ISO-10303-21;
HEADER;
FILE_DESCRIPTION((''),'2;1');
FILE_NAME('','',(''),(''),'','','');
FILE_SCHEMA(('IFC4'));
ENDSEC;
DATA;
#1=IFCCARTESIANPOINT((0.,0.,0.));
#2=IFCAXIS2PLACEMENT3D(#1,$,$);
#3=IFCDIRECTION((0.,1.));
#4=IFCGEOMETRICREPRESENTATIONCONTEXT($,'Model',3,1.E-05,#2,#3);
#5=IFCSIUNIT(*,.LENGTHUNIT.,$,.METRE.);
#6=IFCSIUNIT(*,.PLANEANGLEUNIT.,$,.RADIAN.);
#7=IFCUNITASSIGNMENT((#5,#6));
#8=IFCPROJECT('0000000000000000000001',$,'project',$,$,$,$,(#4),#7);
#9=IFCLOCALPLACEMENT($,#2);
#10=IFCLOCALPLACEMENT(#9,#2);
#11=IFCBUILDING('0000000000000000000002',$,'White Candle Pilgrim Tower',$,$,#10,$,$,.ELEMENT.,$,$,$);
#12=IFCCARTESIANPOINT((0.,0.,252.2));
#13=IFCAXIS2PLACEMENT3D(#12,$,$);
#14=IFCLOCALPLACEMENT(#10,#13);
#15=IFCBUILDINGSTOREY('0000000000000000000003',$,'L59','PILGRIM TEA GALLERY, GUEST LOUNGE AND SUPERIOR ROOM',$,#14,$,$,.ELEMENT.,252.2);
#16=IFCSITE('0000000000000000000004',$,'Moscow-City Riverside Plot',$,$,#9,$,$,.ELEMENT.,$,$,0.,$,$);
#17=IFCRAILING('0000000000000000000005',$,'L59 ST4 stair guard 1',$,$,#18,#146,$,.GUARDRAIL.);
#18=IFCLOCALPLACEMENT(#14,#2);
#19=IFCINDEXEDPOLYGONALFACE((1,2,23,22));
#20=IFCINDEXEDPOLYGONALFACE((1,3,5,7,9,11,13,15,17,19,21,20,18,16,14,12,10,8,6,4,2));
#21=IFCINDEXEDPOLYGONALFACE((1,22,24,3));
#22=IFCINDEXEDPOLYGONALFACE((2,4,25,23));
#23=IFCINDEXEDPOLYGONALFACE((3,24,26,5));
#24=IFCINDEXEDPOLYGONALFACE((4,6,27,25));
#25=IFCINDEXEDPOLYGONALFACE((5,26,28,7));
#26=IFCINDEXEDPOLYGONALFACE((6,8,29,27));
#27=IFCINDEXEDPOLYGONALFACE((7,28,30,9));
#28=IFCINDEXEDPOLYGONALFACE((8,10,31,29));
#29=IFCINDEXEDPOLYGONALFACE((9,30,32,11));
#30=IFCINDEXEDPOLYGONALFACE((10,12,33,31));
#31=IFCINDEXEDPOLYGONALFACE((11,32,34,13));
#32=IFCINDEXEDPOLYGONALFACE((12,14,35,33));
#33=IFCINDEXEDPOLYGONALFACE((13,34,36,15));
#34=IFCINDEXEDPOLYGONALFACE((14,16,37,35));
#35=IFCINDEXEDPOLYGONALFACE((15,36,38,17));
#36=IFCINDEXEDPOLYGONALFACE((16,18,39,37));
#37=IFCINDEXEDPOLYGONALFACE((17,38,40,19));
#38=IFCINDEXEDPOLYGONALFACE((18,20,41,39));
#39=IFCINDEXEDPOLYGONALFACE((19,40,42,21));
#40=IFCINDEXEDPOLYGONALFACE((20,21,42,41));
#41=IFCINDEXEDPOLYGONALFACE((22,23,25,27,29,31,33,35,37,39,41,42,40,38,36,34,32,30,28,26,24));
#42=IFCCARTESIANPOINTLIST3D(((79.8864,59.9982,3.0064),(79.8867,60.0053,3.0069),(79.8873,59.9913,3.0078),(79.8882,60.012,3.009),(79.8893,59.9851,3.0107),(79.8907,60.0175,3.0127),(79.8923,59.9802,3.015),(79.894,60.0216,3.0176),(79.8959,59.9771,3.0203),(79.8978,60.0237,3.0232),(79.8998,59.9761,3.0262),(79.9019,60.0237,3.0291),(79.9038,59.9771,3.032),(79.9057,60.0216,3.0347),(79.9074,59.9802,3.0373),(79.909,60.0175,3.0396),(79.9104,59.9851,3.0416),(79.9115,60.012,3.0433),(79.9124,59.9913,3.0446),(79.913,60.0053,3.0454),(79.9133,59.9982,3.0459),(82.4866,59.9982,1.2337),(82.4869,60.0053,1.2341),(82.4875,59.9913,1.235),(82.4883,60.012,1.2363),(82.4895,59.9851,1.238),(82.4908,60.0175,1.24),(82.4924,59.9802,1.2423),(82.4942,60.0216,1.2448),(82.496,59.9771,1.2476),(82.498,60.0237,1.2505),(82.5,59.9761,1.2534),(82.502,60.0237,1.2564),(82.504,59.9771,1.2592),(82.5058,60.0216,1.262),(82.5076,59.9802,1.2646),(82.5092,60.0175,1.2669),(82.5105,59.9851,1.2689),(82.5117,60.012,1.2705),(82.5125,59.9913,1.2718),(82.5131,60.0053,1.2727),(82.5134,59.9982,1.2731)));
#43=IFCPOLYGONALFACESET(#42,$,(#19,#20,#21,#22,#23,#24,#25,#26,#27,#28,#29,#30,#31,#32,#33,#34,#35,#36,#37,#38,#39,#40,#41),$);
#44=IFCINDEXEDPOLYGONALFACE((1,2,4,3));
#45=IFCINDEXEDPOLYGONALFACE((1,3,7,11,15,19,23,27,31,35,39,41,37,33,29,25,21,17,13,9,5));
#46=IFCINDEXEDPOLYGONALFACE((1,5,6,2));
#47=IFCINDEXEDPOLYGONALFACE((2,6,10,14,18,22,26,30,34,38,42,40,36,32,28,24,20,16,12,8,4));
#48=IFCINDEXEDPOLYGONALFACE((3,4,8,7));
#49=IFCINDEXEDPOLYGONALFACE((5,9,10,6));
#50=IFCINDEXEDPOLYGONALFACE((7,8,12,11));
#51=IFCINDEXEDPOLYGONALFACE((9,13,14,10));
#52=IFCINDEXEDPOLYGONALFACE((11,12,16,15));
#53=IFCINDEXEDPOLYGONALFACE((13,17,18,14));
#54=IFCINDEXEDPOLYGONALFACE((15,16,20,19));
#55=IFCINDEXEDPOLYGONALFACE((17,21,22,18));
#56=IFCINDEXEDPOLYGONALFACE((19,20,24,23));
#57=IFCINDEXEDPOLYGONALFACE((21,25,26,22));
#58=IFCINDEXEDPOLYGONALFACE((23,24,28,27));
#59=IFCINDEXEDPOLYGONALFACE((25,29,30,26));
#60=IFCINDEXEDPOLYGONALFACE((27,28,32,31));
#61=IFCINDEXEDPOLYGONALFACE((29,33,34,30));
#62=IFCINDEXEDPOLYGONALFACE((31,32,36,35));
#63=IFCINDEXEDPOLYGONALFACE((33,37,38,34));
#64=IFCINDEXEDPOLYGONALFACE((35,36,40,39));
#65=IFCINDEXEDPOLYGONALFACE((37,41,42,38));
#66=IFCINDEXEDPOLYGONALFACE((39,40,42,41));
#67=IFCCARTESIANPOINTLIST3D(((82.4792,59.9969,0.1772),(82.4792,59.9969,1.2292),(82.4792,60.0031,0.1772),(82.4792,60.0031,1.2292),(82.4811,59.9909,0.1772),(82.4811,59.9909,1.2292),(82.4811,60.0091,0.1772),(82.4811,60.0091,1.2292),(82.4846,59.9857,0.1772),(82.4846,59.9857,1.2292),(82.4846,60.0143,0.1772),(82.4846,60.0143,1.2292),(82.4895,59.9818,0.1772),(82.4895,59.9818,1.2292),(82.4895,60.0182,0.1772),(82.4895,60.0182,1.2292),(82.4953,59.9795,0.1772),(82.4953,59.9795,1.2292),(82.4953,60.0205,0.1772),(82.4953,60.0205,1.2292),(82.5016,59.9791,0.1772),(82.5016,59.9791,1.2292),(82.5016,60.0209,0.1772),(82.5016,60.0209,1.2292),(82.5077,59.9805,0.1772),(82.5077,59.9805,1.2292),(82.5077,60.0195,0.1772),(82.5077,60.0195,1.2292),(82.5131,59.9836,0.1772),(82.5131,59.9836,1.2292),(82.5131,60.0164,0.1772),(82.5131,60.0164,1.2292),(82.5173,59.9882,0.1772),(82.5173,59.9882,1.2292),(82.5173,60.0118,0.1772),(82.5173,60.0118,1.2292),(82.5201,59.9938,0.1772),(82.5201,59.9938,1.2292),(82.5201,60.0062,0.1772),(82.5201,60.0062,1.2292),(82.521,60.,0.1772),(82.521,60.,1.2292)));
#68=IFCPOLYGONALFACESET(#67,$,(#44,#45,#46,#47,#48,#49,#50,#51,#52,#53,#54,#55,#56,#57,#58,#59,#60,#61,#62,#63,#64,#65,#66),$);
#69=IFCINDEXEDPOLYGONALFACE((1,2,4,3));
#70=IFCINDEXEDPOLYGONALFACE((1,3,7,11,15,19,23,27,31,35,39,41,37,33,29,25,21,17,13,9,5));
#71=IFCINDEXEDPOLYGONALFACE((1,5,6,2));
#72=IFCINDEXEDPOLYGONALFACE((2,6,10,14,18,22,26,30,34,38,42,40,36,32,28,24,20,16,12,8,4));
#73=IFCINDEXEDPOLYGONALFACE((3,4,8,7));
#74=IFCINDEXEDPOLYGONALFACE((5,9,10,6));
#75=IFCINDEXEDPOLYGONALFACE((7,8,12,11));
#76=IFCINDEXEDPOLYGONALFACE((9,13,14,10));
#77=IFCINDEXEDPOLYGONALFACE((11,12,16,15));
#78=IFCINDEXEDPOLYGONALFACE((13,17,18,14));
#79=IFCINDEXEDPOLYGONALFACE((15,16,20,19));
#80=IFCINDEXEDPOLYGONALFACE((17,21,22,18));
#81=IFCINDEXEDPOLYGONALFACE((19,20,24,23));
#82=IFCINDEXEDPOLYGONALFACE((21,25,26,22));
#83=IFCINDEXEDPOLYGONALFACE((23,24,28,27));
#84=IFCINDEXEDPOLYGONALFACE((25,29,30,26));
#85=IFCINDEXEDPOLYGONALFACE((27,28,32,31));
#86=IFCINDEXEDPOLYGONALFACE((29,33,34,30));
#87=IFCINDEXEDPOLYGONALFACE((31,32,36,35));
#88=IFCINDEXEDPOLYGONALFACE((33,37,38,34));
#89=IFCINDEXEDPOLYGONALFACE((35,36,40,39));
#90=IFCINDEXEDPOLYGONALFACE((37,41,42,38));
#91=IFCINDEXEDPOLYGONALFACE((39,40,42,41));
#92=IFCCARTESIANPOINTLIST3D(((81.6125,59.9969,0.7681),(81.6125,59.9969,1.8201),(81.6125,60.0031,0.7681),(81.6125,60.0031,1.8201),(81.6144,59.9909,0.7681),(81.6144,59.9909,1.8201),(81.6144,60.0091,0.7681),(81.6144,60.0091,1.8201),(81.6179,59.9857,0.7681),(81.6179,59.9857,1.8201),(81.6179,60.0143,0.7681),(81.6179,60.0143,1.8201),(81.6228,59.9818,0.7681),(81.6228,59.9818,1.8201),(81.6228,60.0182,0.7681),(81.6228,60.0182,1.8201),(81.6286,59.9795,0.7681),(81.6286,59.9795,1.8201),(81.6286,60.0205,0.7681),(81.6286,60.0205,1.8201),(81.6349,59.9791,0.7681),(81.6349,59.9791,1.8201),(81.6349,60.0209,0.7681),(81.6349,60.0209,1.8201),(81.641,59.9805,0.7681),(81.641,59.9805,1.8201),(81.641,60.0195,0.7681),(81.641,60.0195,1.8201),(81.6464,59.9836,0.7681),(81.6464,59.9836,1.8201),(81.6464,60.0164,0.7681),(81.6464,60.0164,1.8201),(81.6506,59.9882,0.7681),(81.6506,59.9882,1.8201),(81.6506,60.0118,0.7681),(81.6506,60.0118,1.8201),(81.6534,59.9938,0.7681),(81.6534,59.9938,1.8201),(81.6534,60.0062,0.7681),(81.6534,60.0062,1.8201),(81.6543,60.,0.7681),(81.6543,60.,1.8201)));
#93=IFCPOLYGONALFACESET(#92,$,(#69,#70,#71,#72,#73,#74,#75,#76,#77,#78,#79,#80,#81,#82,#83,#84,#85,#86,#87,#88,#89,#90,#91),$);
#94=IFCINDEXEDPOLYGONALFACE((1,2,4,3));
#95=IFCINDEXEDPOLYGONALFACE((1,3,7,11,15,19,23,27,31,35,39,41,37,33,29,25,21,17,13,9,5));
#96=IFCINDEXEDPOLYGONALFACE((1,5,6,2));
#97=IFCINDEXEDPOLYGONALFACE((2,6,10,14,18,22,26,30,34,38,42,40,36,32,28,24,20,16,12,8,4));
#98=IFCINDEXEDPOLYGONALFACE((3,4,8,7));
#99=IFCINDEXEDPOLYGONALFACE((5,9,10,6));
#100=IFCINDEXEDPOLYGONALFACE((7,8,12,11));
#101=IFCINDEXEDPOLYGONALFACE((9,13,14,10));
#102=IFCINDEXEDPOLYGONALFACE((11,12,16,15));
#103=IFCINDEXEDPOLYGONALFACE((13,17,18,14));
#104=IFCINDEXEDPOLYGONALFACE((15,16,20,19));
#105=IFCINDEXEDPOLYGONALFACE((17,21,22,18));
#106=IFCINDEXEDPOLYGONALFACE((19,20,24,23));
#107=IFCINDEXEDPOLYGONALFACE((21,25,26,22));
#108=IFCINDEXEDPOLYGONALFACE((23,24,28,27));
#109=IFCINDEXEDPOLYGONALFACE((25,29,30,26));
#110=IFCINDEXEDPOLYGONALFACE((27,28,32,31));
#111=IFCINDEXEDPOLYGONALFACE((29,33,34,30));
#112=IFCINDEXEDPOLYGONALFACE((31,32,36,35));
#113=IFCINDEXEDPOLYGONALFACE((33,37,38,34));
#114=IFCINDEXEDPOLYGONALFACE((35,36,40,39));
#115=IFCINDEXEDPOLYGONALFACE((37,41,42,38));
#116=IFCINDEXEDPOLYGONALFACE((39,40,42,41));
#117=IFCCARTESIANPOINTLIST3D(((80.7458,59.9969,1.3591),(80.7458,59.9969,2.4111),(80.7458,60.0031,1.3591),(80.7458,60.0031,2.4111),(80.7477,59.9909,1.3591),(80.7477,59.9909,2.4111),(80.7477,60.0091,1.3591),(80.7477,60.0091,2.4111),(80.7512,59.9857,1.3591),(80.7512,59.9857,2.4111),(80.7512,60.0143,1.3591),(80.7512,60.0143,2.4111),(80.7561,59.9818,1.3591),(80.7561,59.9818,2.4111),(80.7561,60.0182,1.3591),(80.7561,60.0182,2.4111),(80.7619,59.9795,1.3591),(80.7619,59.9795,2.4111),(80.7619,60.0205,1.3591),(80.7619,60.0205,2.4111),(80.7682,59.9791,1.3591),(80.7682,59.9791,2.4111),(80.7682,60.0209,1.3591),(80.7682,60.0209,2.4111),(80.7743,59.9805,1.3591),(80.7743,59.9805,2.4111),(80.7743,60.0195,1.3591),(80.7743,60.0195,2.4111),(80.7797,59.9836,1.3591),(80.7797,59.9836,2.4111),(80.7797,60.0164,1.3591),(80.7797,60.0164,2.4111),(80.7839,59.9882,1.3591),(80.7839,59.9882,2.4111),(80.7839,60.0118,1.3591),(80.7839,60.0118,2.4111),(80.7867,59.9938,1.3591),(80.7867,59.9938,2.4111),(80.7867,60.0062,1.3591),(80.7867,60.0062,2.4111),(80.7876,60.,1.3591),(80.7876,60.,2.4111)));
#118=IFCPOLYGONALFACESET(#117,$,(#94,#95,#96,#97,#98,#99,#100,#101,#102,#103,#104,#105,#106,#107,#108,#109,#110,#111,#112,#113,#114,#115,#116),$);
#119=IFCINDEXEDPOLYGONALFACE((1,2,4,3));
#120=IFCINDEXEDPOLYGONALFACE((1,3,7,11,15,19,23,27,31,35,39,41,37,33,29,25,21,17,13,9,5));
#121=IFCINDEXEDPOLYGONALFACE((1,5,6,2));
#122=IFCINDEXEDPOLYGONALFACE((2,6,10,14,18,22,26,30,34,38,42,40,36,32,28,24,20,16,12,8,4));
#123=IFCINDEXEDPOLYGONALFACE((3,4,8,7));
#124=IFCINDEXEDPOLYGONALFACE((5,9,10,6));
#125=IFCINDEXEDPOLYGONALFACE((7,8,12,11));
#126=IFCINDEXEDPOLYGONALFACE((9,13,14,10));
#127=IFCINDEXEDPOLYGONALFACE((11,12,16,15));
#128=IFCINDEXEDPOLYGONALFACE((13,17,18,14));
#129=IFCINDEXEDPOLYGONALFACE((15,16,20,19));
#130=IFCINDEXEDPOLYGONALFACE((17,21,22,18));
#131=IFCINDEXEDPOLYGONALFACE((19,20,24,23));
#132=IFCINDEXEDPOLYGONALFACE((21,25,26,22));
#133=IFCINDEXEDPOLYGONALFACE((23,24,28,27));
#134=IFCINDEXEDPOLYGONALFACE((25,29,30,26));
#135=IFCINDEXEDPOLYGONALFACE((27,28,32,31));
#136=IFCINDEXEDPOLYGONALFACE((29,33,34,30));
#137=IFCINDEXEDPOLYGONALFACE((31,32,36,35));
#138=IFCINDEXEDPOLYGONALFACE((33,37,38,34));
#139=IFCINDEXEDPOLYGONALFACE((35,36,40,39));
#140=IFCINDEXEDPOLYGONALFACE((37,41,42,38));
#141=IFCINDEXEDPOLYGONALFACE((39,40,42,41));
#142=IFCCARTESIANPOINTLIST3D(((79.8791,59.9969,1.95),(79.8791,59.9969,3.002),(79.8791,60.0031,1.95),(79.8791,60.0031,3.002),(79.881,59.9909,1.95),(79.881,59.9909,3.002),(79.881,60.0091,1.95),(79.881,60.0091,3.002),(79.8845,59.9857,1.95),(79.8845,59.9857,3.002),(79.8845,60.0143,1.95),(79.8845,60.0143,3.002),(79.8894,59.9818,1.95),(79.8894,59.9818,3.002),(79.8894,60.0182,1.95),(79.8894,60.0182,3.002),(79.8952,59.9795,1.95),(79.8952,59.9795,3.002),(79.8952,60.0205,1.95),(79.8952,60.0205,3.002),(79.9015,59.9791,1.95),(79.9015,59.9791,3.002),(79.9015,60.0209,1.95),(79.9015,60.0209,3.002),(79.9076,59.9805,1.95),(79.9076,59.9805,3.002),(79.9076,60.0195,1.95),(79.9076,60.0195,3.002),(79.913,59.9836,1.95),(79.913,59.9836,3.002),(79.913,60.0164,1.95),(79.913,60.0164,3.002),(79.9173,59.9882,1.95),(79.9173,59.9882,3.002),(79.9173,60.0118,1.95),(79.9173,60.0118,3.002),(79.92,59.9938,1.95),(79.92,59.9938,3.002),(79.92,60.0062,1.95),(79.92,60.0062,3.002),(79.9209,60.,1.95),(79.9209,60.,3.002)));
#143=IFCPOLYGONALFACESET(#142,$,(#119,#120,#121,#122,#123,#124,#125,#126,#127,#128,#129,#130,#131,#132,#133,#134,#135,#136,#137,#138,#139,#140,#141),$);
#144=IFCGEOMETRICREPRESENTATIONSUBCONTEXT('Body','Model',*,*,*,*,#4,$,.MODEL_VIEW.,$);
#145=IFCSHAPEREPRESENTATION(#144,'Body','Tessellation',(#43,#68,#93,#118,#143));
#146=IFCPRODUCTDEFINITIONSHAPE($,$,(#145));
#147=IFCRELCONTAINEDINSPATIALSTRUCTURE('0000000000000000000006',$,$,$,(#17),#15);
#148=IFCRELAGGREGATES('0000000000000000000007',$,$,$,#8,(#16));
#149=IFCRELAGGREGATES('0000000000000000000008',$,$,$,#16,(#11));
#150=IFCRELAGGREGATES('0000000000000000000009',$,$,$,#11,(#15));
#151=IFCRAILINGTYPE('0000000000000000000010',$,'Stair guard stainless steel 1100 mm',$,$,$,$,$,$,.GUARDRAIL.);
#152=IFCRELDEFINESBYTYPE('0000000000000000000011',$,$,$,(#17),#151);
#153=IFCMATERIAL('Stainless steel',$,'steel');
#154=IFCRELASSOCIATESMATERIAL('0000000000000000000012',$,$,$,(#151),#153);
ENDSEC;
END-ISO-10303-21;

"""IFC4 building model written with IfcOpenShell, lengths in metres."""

from ifc_helpers import new_model, si_unit, direction, frame, origin, origin_2d, place, context, subcontext, project, spatial, circle, extrude, material, type_object, element, save


model = new_model("IFC4")

# Units and contexts
model_context = context("Model", 3, precision=1e-05, world=origin(), true_north=direction((0.0, 1.0)))
body_context = subcontext(model_context, "Body", "Model", "MODEL_VIEW")
ifc_project = project(units=[si_unit("LENGTHUNIT", "METRE"), si_unit("PLANEANGLEUNIT", "RADIAN")], contexts=[model_context])

# Site, building, storey
site_placement = place(None, origin())
site = spatial("IfcSite", under=ifc_project, at=site_placement, Name="Moscow-City Riverside Plot", CompositionType="ELEMENT", RefElevation=0.0)
building_placement = place(site_placement, origin())
building = spatial("IfcBuilding", under=site, at=building_placement, Name="White Candle Pilgrim Tower", CompositionType="ELEMENT")
storey_placement = place(building_placement, frame((0.0, 0.0, 252.2)))
storey = spatial("IfcBuildingStorey", under=building, at=storey_placement, Name="L59", Description="PILGRIM TEA GALLERY, GUEST LOUNGE AND SUPERIOR ROOM", CompositionType="ELEMENT", Elevation=252.2)

# Railing
ifc_material_1 = material(Name="Stainless steel", Category="steel")
railing_type_1 = type_object("IfcRailingType", Name="Stair guard stainless steel 1100 mm", PredefinedType="GUARDRAIL", material=ifc_material_1)
railing_1_placement = place(storey_placement, frame((82.5, 60.0, 0.1772)))
element("IfcRailing", 1, at=railing_1_placement, inside=storey, type_object=railing_type_1, Name="L59 ST4 stair guard 1", PredefinedType="GUARDRAIL", context=body_context, shape_type="SweptSolid", body=[
    extrude(circle(Radius=0.0239, at=origin_2d()), frame((0.0, 0.0, 1.0762), z_axis=(-0.82624, 0.0, 0.563318), x_axis=(0.0, -1.0, 0.0)), (0.0, 0.0, 1.0), 3.147),
    extrude(circle(Radius=0.021, at=origin_2d()), origin(), (0.0, 0.0, 1.0), 1.052),
    extrude(circle(Radius=0.021, at=origin_2d()), frame((-0.8667, 0.0, 0.5908)), (0.0, 0.0, 1.0), 1.052),
    extrude(circle(Radius=0.021, at=origin_2d()), frame((-1.7334, 0.0, 1.1819)), (0.0, 0.0, 1.0), 1.052),
    extrude(circle(Radius=0.021, at=origin_2d()), frame((-2.6001, 0.0, 1.7727)), (0.0, 0.0, 1.0), 1.052),
])

save(model, "model.ifc")
